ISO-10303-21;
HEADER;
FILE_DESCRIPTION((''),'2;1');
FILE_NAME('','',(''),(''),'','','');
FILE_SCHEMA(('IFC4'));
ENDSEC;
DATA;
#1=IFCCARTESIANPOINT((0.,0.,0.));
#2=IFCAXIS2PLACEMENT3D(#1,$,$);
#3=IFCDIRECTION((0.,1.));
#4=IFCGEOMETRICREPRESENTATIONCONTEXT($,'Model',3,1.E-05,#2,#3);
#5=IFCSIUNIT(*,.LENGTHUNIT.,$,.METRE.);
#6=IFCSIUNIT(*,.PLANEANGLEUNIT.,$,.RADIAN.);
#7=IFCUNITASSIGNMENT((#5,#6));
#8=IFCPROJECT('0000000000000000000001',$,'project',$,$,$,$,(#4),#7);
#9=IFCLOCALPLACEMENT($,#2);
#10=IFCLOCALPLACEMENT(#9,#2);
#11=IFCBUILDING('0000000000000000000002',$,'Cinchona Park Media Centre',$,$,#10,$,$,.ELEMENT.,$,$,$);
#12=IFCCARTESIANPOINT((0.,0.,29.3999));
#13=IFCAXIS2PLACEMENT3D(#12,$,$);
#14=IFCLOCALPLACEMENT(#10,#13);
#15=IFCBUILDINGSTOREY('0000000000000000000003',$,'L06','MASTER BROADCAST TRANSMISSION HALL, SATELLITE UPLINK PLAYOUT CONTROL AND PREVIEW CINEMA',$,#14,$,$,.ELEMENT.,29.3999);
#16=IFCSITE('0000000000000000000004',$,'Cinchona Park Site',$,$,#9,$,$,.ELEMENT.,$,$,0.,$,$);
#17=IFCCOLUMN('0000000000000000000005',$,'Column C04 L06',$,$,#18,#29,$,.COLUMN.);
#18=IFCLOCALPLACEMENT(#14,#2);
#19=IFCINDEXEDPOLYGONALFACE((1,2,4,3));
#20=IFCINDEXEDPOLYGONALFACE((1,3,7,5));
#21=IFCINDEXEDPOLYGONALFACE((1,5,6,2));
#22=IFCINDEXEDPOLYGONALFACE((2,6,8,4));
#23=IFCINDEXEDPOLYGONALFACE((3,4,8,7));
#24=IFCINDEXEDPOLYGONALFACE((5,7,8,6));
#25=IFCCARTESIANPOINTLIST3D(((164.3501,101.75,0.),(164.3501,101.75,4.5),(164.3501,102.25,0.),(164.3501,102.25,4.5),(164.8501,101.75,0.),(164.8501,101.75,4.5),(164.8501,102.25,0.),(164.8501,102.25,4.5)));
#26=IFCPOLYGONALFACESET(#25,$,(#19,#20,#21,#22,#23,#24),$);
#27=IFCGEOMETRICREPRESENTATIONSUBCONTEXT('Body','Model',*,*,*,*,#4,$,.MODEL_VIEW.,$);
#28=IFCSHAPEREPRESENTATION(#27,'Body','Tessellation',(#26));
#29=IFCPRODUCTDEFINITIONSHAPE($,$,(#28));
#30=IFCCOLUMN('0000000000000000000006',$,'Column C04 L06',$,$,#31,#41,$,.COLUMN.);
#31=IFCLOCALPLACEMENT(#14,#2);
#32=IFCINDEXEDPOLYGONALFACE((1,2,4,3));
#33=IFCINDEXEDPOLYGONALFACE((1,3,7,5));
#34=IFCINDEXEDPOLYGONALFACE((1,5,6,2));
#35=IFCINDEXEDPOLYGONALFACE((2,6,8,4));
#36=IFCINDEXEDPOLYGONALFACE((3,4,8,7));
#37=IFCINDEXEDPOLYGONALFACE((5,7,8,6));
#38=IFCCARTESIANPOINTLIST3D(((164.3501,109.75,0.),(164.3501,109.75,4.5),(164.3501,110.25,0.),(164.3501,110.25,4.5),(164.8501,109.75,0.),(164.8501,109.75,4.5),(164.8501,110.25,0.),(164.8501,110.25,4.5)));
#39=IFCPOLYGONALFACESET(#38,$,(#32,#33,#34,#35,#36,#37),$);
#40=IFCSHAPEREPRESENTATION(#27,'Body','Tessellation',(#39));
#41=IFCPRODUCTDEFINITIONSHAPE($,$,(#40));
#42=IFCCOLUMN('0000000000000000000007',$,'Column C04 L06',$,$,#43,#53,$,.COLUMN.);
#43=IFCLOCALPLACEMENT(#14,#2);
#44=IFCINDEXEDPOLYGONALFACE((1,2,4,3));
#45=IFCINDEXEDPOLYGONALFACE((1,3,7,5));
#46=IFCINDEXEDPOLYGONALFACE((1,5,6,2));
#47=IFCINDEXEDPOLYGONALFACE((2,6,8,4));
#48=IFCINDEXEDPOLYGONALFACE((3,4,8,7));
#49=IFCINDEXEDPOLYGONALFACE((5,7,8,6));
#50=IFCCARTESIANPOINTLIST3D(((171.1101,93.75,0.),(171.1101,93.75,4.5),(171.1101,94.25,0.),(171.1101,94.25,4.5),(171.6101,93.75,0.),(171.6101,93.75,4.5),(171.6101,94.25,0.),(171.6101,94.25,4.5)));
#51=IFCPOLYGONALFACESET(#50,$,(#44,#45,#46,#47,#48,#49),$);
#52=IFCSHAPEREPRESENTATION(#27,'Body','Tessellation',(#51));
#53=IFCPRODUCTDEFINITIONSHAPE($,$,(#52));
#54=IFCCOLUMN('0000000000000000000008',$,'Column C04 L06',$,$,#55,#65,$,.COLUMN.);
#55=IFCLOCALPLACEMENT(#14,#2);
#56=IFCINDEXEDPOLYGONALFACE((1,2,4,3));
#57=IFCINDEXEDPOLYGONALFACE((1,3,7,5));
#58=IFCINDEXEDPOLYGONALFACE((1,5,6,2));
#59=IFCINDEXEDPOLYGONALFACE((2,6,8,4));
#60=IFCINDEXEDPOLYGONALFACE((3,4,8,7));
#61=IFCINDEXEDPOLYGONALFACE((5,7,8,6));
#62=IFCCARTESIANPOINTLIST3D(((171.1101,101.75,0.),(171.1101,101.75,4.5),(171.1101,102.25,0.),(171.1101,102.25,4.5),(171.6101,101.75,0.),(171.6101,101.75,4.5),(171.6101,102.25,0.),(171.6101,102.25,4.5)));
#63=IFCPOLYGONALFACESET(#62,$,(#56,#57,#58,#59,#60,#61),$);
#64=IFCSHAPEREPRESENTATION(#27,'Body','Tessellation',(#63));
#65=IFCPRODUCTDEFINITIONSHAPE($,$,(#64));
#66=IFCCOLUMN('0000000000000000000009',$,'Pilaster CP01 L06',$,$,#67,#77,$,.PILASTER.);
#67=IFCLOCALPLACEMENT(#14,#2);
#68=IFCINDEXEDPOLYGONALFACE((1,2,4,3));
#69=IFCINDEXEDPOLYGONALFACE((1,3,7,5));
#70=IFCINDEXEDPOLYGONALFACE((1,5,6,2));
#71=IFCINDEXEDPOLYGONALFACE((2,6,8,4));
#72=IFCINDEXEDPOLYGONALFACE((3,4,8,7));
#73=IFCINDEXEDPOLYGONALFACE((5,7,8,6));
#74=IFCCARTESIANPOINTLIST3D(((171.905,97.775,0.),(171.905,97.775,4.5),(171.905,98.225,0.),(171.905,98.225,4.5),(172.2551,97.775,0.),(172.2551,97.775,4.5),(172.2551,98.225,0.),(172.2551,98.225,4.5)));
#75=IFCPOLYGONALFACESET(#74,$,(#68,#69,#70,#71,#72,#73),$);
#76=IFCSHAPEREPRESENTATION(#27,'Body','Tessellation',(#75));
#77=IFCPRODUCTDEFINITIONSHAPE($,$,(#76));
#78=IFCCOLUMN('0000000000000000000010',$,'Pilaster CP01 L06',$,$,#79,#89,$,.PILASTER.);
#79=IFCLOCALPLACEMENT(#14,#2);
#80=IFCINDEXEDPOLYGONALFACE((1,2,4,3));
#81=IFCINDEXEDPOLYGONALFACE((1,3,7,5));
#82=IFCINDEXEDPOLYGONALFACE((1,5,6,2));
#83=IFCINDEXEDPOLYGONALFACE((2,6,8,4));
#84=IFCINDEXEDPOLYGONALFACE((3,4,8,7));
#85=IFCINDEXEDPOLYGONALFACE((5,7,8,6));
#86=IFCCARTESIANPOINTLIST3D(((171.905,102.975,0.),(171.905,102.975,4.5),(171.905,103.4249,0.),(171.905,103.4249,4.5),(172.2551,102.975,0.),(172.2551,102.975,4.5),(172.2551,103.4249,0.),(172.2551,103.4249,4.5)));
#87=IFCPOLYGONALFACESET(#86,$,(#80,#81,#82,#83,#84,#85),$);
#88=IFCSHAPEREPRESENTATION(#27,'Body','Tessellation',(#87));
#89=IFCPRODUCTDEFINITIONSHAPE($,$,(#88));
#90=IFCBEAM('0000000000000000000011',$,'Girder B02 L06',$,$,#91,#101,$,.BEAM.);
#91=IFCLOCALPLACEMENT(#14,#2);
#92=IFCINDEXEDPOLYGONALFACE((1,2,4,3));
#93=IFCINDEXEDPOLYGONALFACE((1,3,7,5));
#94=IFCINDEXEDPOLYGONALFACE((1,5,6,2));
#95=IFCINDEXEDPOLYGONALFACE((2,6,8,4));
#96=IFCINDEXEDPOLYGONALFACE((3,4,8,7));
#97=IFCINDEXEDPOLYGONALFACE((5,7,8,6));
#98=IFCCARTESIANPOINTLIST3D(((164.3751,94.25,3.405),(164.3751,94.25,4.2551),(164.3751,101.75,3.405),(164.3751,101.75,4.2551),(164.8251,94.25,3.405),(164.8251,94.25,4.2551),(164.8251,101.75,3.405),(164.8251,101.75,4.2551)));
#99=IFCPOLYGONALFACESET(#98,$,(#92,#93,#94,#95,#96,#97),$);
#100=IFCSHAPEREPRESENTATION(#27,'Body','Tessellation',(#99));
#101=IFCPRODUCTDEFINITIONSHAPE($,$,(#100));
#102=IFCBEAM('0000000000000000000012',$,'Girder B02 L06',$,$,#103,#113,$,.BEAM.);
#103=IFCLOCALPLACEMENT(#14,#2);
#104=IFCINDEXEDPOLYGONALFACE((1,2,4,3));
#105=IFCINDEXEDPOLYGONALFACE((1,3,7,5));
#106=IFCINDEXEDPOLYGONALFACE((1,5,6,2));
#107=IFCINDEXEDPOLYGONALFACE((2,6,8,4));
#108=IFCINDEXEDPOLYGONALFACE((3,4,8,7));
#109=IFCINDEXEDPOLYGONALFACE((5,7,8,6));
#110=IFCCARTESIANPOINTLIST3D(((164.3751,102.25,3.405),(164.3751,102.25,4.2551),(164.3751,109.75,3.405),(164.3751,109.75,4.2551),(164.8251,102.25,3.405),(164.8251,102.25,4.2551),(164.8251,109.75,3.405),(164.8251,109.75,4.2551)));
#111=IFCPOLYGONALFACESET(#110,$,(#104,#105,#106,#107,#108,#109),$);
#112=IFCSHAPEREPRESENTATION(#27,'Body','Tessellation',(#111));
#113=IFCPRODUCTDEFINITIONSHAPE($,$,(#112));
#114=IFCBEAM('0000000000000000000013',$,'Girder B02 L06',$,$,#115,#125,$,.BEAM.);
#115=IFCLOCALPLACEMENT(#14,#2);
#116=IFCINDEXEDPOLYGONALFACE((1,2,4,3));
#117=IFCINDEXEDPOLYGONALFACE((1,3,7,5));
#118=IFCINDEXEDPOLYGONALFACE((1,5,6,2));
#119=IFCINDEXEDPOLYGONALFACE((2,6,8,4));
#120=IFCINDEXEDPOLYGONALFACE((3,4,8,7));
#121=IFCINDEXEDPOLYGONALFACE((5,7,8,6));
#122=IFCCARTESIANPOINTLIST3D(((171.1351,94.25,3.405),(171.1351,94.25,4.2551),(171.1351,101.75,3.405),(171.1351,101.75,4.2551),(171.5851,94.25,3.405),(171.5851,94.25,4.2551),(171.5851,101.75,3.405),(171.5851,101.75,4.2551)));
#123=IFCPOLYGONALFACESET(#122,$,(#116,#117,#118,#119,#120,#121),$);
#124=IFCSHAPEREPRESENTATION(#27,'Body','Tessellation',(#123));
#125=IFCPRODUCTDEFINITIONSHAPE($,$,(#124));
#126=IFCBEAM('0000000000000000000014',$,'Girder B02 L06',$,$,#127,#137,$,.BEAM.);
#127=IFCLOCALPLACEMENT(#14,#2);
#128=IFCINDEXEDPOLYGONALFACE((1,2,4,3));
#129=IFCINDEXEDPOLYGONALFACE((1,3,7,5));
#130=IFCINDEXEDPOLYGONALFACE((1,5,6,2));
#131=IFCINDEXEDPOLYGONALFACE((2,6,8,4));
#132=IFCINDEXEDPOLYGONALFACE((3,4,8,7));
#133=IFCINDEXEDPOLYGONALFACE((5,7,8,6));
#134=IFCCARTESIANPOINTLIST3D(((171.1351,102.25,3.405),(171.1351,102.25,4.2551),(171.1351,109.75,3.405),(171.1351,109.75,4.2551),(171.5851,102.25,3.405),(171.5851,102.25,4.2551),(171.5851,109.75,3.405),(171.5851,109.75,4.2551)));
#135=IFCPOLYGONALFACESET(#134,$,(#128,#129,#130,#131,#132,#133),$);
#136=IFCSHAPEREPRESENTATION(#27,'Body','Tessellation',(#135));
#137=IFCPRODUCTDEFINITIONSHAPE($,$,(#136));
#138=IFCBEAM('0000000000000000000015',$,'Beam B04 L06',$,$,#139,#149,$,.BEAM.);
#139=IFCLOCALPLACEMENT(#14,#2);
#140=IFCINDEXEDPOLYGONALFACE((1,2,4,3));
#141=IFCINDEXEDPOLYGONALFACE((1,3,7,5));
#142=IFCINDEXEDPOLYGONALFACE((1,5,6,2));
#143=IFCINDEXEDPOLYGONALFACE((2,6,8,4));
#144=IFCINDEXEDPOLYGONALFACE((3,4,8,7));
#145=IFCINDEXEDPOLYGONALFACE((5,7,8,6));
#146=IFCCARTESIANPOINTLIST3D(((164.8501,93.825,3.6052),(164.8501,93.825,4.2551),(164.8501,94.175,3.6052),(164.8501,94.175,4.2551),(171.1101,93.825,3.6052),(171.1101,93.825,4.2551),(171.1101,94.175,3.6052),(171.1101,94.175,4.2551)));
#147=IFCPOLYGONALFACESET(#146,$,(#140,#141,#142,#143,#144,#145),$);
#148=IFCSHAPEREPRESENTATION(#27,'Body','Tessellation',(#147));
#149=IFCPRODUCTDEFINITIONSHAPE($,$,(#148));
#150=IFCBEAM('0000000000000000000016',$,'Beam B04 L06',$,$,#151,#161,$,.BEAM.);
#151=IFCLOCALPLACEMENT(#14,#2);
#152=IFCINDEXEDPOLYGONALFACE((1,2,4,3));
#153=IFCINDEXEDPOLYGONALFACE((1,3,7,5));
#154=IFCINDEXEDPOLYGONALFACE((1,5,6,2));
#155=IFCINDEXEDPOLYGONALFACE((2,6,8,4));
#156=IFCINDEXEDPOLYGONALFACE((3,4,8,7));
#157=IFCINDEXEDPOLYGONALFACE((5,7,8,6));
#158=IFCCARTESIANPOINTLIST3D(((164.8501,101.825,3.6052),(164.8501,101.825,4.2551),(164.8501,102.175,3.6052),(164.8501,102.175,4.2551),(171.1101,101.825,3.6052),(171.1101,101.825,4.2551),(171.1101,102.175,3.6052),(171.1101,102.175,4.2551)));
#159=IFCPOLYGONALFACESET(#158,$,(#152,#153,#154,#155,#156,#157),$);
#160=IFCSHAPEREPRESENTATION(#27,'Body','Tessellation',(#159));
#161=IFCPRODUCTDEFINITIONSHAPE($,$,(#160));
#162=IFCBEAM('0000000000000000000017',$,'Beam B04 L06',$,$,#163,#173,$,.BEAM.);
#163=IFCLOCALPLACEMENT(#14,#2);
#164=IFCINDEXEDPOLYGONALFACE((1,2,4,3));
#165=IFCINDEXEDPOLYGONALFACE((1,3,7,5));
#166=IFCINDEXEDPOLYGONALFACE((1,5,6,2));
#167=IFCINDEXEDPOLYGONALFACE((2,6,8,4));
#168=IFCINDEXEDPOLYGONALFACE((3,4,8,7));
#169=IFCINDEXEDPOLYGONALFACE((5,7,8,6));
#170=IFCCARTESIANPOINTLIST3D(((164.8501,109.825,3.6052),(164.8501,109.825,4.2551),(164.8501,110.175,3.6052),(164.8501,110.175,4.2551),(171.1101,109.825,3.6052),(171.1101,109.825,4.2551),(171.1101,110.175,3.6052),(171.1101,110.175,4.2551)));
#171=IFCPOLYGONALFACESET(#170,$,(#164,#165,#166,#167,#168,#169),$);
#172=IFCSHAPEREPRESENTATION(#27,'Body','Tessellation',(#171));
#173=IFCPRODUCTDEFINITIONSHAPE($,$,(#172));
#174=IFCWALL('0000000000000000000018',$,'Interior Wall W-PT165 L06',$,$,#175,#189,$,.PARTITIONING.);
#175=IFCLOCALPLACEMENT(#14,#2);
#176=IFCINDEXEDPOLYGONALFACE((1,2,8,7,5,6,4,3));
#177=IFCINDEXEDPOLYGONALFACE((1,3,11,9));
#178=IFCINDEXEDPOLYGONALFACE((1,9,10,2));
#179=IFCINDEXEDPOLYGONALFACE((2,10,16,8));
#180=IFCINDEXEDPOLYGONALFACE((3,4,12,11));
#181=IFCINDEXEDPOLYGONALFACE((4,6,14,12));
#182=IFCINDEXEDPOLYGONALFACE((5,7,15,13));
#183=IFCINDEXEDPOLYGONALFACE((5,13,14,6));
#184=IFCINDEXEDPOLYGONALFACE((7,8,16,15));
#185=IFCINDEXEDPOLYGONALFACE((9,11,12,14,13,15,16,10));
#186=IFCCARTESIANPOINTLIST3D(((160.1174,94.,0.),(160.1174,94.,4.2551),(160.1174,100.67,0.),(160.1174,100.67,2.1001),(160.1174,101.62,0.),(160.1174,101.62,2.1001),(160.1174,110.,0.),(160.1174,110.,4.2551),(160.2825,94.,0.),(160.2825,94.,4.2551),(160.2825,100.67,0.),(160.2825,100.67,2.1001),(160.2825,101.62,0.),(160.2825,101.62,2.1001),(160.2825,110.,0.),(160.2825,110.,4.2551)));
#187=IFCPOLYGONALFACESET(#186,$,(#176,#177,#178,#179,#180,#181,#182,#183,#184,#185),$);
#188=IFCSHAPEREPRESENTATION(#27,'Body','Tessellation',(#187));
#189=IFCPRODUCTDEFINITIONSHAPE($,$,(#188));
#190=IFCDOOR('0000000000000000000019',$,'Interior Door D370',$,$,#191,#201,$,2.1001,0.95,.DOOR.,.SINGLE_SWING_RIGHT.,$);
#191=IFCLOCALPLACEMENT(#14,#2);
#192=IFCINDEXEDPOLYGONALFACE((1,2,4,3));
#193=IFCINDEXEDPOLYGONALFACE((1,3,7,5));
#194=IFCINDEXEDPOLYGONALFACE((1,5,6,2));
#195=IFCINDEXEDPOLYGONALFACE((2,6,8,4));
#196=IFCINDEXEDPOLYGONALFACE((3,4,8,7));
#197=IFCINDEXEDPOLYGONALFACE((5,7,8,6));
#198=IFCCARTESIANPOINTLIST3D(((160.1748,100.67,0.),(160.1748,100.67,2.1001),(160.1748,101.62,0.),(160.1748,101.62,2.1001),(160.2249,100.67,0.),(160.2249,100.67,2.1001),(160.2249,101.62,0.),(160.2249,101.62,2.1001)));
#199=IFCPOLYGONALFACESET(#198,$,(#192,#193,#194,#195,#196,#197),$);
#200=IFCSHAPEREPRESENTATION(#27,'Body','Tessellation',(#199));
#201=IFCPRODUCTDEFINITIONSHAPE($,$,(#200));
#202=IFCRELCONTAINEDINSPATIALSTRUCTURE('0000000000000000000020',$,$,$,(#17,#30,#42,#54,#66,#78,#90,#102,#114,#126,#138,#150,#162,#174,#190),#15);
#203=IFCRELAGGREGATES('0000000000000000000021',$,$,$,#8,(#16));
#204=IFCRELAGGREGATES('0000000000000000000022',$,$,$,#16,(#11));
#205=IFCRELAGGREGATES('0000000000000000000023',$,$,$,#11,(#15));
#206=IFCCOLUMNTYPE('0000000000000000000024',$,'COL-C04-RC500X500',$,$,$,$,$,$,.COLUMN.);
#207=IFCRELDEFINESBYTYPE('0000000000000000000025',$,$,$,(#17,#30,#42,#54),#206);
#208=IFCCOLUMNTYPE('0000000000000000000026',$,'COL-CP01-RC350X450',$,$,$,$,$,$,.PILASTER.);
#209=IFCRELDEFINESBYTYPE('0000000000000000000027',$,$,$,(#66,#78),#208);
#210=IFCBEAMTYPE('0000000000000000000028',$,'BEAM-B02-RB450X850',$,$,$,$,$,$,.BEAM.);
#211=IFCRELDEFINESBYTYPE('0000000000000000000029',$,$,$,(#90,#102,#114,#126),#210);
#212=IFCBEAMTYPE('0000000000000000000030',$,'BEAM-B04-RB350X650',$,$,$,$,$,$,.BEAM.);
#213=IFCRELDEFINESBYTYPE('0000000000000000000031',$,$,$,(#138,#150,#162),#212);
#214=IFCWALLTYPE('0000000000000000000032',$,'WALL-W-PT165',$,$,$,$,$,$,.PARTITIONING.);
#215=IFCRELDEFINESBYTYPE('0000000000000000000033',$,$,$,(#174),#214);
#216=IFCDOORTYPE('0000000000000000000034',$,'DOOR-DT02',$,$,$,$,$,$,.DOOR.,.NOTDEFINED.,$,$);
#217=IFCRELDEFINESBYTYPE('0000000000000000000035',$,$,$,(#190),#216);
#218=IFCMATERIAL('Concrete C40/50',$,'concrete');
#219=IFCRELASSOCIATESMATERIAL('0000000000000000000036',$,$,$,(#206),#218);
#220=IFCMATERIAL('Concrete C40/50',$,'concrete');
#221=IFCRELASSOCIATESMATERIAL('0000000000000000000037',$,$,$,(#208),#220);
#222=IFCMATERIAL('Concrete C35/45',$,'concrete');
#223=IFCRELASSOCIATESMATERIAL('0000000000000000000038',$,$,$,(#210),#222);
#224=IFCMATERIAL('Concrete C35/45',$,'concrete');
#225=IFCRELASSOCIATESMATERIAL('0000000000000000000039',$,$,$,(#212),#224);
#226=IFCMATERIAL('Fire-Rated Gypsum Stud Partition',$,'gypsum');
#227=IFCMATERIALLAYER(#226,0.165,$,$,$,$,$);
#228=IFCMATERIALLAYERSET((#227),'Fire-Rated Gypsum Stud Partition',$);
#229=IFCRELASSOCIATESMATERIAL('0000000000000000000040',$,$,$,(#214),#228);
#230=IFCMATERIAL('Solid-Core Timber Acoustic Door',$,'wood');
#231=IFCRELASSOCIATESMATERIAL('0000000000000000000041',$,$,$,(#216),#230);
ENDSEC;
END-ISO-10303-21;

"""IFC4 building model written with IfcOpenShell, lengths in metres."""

from ifc_helpers import new_model, si_unit, direction, frame, frame_2d, origin, origin_2d, place, context, subcontext, project, spatial, rectangle, extrude, material, layer, layer_set, material_profile, profile_set, type_object, element, fill, save


model = new_model("IFC4")

# Units and contexts
model_context = context("Model", 3, precision=1e-05, world=origin(), true_north=direction((0.0, 1.0)))
body_context = subcontext(model_context, "Body", "Model", "MODEL_VIEW")
ifc_project = project(units=[si_unit("LENGTHUNIT", "METRE"), si_unit("PLANEANGLEUNIT", "RADIAN")], contexts=[model_context])

# Site, building, storey
site_placement = place(None, origin())
site = spatial("IfcSite", under=ifc_project, at=site_placement, Name="Cinchona Park Site", CompositionType="ELEMENT", RefElevation=0.0)
building_placement = place(site_placement, origin())
building = spatial("IfcBuilding", under=site, at=building_placement, Name="Cinchona Park Media Centre", CompositionType="ELEMENT")
storey_placement = place(building_placement, frame((0.0, 0.0, 29.3999)))
storey = spatial("IfcBuildingStorey", under=building, at=storey_placement, Name="L06", Description="MASTER BROADCAST TRANSMISSION HALL, SATELLITE UPLINK PLAYOUT CONTROL AND PREVIEW CINEMA", CompositionType="ELEMENT", Elevation=29.3999)

# Columns
ifc_material_1 = material(Name="Concrete C40/50", Category="concrete")
ifc_material_profile_1 = material_profile(ifc_material_1, rectangle(XDim=0.5, YDim=0.5, at=origin_2d()), Name="RC 500X500")
ifc_profile_set_1 = profile_set([ifc_material_profile_1], Name="Concrete C40/50")
column_type_1 = type_object("IfcColumnType", Name="COL-C04-RC500X500", PredefinedType="COLUMN", material=ifc_profile_set_1)
for number, where, z_axis, x_axis, name in (
    (1, (164.6001, 102.0, 0.0), (0.0, 0.0, 1.0), (1.0, 0.0, 0.0), "Column C04 L06"),
    (2, (164.6001, 110.0, 0.0), (0.0, 0.0, 1.0), (1.0, 0.0, 0.0), "Column C04 L06"),
    (3, (171.3601, 94.0, 0.0), (0.0, 0.0, 1.0), (1.0, 0.0, 0.0), "Column C04 L06"),
    (4, (171.3601, 102.0, 0.0), (0.0, 0.0, 1.0), (1.0, 0.0, 0.0), "Column C04 L06"),
):
    element("IfcColumn", number, at=place(storey_placement, frame(where, z_axis=z_axis, x_axis=x_axis)), inside=storey, type_object=column_type_1, Name=name, PredefinedType="COLUMN", context=body_context, shape_type="SweptSolid", body=[
        extrude(rectangle(XDim=0.5, YDim=0.5, at=origin_2d()), origin(), (0.0, 0.0, 1.0), 4.5),
    ])
ifc_material_2 = material(Name="Concrete C40/50", Category="concrete")
ifc_material_profile_2 = material_profile(ifc_material_2, rectangle(XDim=0.3501, YDim=0.45, at=origin_2d()), Name="RC 350X450")
ifc_profile_set_2 = profile_set([ifc_material_profile_2], Name="Concrete C40/50")
column_type_2 = type_object("IfcColumnType", Name="COL-CP01-RC350X450", PredefinedType="PILASTER", material=ifc_profile_set_2)
for number, where, z_axis, x_axis, name in (
    (5, (172.0801, 98.0, 0.0), (0.0, 0.0, 1.0), (1.0, 0.0, 0.0), "Pilaster CP01 L06"),
    (6, (172.0801, 103.2, 0.0), (0.0, 0.0, 1.0), (1.0, 0.0, 0.0), "Pilaster CP01 L06"),
):
    element("IfcColumn", number, at=place(storey_placement, frame(where, z_axis=z_axis, x_axis=x_axis)), inside=storey, type_object=column_type_2, Name=name, PredefinedType="PILASTER", context=body_context, shape_type="SweptSolid", body=[
        extrude(rectangle(XDim=0.3501, YDim=0.45, at=origin_2d()), origin(), (0.0, 0.0, 1.0), 4.5),
    ])

# Beams
ifc_material_3 = material(Name="Concrete C35/45", Category="concrete")
ifc_material_profile_3 = material_profile(ifc_material_3, rectangle(XDim=0.45, YDim=0.8501, at=origin_2d()), Name="RB 450X850")
ifc_profile_set_3 = profile_set([ifc_material_profile_3], Name="Concrete C35/45")
beam_type_1 = type_object("IfcBeamType", Name="BEAM-B02-RB450X850", PredefinedType="BEAM", material=ifc_profile_set_3)
for number, where, z_axis, x_axis, name in (
    (7, (164.6001, 94.25, 3.8301), (0.0, 1.0, 0.0), (-1.0, 0.0, 0.0), "Girder B02 L06"),
    (8, (164.6001, 102.25, 3.8301), (0.0, 1.0, 0.0), (-1.0, 0.0, 0.0), "Girder B02 L06"),
    (9, (171.3601, 94.25, 3.8301), (0.0, 1.0, 0.0), (-1.0, 0.0, 0.0), "Girder B02 L06"),
    (10, (171.3601, 102.25, 3.8301), (0.0, 1.0, 0.0), (-1.0, 0.0, 0.0), "Girder B02 L06"),
):
    element("IfcBeam", number, at=place(storey_placement, frame(where, z_axis=z_axis, x_axis=x_axis)), inside=storey, type_object=beam_type_1, Name=name, PredefinedType="BEAM", context=body_context, shape_type="SweptSolid", body=[
        extrude(rectangle(XDim=0.45, YDim=0.8501, at=origin_2d()), origin(), (0.0, 0.0, 1.0), 7.5),
    ])
ifc_material_4 = material(Name="Concrete C35/45", Category="concrete")
ifc_material_profile_4 = material_profile(ifc_material_4, rectangle(XDim=0.3501, YDim=0.6499, at=origin_2d()), Name="RB 350X650")
ifc_profile_set_4 = profile_set([ifc_material_profile_4], Name="Concrete C35/45")
beam_type_2 = type_object("IfcBeamType", Name="BEAM-B04-RB350X650", PredefinedType="BEAM", material=ifc_profile_set_4)
for number, where, z_axis, x_axis, name in (
    (11, (164.8501, 94.0, 3.9302), (1.0, 0.0, 0.0), (0.0, 1.0, 0.0), "Beam B04 L06"),
    (12, (164.8501, 102.0, 3.9302), (1.0, 0.0, 0.0), (0.0, 1.0, 0.0), "Beam B04 L06"),
    (13, (164.8501, 110.0, 3.9302), (1.0, 0.0, 0.0), (0.0, 1.0, 0.0), "Beam B04 L06"),
):
    element("IfcBeam", number, at=place(storey_placement, frame(where, z_axis=z_axis, x_axis=x_axis)), inside=storey, type_object=beam_type_2, Name=name, PredefinedType="BEAM", context=body_context, shape_type="SweptSolid", body=[
        extrude(rectangle(XDim=0.3501, YDim=0.6499, at=origin_2d()), origin(), (0.0, 0.0, 1.0), 6.26),
    ])

# Wall, opening, door
ifc_material_5 = material(Name="Fire-Rated Gypsum Stud Partition", Category="gypsum")
ifc_layer = layer(ifc_material_5, 0.165)
ifc_layer_set = layer_set([ifc_layer], Name="Fire-Rated Gypsum Stud Partition")
wall_type = type_object("IfcWallType", Name="WALL-W-PT165", PredefinedType="PARTITIONING", material=ifc_layer_set)
wall_1_placement = place(storey_placement, frame((160.2, 110.0, 0.0), z_axis=(0.0, 0.0, 1.0), x_axis=(0.0, -1.0, 0.0)))
wall_1 = element("IfcWall", 14, at=wall_1_placement, inside=storey, type_object=wall_type, Name="Interior Wall W-PT165 L06", PredefinedType="PARTITIONING", context=body_context, shape_type="SweptSolid", body=[
    extrude(rectangle(XDim=16.0, YDim=0.165, at=frame_2d((8.0, 0.0))), origin(), (0.0, 0.0, 1.0), 4.2551),
])
opening_1_placement = place(wall_1_placement, frame((8.3799, 0.0, 0.0)))
opening_1 = element("IfcOpeningElement", 15, at=opening_1_placement, cuts=wall_1, PredefinedType="OPENING", context=body_context, shape_type="SweptSolid", body=[
    extrude(rectangle(XDim=0.95, YDim=2.1001, at=frame_2d((0.4751, 1.05))), frame((0.0, 0.0925, 0.0), z_axis=(0.0, -1.0, 0.0), x_axis=(1.0, 0.0, 0.0)), (0.0, 0.0, 1.0), 0.1851),
])
ifc_material_6 = material(Name="Solid-Core Timber Acoustic Door", Category="wood")
door_type_1 = type_object("IfcDoorType", Name="DOOR-DT02", OperationType="NOTDEFINED", PredefinedType="DOOR", material=ifc_material_6)
door_1_placement = place(opening_1_placement, origin())
door_1 = element("IfcDoor", 16, at=door_1_placement, inside=storey, type_object=door_type_1, Name="Interior Door D370", OperationType="SINGLE_SWING_RIGHT", OverallHeight=2.1001, OverallWidth=0.95, PredefinedType="DOOR", context=body_context, shape_type="SweptSolid", body=[
    extrude(rectangle(XDim=0.95, YDim=2.1001, at=frame_2d((0.4751, 1.05))), frame((0.0, 0.0249, 0.0), z_axis=(0.0, -1.0, 0.0), x_axis=(1.0, 0.0, 0.0)), (0.0, 0.0, 1.0), 0.05),
])
fill(opening_1, door_1)

save(model, "model.ifc")
